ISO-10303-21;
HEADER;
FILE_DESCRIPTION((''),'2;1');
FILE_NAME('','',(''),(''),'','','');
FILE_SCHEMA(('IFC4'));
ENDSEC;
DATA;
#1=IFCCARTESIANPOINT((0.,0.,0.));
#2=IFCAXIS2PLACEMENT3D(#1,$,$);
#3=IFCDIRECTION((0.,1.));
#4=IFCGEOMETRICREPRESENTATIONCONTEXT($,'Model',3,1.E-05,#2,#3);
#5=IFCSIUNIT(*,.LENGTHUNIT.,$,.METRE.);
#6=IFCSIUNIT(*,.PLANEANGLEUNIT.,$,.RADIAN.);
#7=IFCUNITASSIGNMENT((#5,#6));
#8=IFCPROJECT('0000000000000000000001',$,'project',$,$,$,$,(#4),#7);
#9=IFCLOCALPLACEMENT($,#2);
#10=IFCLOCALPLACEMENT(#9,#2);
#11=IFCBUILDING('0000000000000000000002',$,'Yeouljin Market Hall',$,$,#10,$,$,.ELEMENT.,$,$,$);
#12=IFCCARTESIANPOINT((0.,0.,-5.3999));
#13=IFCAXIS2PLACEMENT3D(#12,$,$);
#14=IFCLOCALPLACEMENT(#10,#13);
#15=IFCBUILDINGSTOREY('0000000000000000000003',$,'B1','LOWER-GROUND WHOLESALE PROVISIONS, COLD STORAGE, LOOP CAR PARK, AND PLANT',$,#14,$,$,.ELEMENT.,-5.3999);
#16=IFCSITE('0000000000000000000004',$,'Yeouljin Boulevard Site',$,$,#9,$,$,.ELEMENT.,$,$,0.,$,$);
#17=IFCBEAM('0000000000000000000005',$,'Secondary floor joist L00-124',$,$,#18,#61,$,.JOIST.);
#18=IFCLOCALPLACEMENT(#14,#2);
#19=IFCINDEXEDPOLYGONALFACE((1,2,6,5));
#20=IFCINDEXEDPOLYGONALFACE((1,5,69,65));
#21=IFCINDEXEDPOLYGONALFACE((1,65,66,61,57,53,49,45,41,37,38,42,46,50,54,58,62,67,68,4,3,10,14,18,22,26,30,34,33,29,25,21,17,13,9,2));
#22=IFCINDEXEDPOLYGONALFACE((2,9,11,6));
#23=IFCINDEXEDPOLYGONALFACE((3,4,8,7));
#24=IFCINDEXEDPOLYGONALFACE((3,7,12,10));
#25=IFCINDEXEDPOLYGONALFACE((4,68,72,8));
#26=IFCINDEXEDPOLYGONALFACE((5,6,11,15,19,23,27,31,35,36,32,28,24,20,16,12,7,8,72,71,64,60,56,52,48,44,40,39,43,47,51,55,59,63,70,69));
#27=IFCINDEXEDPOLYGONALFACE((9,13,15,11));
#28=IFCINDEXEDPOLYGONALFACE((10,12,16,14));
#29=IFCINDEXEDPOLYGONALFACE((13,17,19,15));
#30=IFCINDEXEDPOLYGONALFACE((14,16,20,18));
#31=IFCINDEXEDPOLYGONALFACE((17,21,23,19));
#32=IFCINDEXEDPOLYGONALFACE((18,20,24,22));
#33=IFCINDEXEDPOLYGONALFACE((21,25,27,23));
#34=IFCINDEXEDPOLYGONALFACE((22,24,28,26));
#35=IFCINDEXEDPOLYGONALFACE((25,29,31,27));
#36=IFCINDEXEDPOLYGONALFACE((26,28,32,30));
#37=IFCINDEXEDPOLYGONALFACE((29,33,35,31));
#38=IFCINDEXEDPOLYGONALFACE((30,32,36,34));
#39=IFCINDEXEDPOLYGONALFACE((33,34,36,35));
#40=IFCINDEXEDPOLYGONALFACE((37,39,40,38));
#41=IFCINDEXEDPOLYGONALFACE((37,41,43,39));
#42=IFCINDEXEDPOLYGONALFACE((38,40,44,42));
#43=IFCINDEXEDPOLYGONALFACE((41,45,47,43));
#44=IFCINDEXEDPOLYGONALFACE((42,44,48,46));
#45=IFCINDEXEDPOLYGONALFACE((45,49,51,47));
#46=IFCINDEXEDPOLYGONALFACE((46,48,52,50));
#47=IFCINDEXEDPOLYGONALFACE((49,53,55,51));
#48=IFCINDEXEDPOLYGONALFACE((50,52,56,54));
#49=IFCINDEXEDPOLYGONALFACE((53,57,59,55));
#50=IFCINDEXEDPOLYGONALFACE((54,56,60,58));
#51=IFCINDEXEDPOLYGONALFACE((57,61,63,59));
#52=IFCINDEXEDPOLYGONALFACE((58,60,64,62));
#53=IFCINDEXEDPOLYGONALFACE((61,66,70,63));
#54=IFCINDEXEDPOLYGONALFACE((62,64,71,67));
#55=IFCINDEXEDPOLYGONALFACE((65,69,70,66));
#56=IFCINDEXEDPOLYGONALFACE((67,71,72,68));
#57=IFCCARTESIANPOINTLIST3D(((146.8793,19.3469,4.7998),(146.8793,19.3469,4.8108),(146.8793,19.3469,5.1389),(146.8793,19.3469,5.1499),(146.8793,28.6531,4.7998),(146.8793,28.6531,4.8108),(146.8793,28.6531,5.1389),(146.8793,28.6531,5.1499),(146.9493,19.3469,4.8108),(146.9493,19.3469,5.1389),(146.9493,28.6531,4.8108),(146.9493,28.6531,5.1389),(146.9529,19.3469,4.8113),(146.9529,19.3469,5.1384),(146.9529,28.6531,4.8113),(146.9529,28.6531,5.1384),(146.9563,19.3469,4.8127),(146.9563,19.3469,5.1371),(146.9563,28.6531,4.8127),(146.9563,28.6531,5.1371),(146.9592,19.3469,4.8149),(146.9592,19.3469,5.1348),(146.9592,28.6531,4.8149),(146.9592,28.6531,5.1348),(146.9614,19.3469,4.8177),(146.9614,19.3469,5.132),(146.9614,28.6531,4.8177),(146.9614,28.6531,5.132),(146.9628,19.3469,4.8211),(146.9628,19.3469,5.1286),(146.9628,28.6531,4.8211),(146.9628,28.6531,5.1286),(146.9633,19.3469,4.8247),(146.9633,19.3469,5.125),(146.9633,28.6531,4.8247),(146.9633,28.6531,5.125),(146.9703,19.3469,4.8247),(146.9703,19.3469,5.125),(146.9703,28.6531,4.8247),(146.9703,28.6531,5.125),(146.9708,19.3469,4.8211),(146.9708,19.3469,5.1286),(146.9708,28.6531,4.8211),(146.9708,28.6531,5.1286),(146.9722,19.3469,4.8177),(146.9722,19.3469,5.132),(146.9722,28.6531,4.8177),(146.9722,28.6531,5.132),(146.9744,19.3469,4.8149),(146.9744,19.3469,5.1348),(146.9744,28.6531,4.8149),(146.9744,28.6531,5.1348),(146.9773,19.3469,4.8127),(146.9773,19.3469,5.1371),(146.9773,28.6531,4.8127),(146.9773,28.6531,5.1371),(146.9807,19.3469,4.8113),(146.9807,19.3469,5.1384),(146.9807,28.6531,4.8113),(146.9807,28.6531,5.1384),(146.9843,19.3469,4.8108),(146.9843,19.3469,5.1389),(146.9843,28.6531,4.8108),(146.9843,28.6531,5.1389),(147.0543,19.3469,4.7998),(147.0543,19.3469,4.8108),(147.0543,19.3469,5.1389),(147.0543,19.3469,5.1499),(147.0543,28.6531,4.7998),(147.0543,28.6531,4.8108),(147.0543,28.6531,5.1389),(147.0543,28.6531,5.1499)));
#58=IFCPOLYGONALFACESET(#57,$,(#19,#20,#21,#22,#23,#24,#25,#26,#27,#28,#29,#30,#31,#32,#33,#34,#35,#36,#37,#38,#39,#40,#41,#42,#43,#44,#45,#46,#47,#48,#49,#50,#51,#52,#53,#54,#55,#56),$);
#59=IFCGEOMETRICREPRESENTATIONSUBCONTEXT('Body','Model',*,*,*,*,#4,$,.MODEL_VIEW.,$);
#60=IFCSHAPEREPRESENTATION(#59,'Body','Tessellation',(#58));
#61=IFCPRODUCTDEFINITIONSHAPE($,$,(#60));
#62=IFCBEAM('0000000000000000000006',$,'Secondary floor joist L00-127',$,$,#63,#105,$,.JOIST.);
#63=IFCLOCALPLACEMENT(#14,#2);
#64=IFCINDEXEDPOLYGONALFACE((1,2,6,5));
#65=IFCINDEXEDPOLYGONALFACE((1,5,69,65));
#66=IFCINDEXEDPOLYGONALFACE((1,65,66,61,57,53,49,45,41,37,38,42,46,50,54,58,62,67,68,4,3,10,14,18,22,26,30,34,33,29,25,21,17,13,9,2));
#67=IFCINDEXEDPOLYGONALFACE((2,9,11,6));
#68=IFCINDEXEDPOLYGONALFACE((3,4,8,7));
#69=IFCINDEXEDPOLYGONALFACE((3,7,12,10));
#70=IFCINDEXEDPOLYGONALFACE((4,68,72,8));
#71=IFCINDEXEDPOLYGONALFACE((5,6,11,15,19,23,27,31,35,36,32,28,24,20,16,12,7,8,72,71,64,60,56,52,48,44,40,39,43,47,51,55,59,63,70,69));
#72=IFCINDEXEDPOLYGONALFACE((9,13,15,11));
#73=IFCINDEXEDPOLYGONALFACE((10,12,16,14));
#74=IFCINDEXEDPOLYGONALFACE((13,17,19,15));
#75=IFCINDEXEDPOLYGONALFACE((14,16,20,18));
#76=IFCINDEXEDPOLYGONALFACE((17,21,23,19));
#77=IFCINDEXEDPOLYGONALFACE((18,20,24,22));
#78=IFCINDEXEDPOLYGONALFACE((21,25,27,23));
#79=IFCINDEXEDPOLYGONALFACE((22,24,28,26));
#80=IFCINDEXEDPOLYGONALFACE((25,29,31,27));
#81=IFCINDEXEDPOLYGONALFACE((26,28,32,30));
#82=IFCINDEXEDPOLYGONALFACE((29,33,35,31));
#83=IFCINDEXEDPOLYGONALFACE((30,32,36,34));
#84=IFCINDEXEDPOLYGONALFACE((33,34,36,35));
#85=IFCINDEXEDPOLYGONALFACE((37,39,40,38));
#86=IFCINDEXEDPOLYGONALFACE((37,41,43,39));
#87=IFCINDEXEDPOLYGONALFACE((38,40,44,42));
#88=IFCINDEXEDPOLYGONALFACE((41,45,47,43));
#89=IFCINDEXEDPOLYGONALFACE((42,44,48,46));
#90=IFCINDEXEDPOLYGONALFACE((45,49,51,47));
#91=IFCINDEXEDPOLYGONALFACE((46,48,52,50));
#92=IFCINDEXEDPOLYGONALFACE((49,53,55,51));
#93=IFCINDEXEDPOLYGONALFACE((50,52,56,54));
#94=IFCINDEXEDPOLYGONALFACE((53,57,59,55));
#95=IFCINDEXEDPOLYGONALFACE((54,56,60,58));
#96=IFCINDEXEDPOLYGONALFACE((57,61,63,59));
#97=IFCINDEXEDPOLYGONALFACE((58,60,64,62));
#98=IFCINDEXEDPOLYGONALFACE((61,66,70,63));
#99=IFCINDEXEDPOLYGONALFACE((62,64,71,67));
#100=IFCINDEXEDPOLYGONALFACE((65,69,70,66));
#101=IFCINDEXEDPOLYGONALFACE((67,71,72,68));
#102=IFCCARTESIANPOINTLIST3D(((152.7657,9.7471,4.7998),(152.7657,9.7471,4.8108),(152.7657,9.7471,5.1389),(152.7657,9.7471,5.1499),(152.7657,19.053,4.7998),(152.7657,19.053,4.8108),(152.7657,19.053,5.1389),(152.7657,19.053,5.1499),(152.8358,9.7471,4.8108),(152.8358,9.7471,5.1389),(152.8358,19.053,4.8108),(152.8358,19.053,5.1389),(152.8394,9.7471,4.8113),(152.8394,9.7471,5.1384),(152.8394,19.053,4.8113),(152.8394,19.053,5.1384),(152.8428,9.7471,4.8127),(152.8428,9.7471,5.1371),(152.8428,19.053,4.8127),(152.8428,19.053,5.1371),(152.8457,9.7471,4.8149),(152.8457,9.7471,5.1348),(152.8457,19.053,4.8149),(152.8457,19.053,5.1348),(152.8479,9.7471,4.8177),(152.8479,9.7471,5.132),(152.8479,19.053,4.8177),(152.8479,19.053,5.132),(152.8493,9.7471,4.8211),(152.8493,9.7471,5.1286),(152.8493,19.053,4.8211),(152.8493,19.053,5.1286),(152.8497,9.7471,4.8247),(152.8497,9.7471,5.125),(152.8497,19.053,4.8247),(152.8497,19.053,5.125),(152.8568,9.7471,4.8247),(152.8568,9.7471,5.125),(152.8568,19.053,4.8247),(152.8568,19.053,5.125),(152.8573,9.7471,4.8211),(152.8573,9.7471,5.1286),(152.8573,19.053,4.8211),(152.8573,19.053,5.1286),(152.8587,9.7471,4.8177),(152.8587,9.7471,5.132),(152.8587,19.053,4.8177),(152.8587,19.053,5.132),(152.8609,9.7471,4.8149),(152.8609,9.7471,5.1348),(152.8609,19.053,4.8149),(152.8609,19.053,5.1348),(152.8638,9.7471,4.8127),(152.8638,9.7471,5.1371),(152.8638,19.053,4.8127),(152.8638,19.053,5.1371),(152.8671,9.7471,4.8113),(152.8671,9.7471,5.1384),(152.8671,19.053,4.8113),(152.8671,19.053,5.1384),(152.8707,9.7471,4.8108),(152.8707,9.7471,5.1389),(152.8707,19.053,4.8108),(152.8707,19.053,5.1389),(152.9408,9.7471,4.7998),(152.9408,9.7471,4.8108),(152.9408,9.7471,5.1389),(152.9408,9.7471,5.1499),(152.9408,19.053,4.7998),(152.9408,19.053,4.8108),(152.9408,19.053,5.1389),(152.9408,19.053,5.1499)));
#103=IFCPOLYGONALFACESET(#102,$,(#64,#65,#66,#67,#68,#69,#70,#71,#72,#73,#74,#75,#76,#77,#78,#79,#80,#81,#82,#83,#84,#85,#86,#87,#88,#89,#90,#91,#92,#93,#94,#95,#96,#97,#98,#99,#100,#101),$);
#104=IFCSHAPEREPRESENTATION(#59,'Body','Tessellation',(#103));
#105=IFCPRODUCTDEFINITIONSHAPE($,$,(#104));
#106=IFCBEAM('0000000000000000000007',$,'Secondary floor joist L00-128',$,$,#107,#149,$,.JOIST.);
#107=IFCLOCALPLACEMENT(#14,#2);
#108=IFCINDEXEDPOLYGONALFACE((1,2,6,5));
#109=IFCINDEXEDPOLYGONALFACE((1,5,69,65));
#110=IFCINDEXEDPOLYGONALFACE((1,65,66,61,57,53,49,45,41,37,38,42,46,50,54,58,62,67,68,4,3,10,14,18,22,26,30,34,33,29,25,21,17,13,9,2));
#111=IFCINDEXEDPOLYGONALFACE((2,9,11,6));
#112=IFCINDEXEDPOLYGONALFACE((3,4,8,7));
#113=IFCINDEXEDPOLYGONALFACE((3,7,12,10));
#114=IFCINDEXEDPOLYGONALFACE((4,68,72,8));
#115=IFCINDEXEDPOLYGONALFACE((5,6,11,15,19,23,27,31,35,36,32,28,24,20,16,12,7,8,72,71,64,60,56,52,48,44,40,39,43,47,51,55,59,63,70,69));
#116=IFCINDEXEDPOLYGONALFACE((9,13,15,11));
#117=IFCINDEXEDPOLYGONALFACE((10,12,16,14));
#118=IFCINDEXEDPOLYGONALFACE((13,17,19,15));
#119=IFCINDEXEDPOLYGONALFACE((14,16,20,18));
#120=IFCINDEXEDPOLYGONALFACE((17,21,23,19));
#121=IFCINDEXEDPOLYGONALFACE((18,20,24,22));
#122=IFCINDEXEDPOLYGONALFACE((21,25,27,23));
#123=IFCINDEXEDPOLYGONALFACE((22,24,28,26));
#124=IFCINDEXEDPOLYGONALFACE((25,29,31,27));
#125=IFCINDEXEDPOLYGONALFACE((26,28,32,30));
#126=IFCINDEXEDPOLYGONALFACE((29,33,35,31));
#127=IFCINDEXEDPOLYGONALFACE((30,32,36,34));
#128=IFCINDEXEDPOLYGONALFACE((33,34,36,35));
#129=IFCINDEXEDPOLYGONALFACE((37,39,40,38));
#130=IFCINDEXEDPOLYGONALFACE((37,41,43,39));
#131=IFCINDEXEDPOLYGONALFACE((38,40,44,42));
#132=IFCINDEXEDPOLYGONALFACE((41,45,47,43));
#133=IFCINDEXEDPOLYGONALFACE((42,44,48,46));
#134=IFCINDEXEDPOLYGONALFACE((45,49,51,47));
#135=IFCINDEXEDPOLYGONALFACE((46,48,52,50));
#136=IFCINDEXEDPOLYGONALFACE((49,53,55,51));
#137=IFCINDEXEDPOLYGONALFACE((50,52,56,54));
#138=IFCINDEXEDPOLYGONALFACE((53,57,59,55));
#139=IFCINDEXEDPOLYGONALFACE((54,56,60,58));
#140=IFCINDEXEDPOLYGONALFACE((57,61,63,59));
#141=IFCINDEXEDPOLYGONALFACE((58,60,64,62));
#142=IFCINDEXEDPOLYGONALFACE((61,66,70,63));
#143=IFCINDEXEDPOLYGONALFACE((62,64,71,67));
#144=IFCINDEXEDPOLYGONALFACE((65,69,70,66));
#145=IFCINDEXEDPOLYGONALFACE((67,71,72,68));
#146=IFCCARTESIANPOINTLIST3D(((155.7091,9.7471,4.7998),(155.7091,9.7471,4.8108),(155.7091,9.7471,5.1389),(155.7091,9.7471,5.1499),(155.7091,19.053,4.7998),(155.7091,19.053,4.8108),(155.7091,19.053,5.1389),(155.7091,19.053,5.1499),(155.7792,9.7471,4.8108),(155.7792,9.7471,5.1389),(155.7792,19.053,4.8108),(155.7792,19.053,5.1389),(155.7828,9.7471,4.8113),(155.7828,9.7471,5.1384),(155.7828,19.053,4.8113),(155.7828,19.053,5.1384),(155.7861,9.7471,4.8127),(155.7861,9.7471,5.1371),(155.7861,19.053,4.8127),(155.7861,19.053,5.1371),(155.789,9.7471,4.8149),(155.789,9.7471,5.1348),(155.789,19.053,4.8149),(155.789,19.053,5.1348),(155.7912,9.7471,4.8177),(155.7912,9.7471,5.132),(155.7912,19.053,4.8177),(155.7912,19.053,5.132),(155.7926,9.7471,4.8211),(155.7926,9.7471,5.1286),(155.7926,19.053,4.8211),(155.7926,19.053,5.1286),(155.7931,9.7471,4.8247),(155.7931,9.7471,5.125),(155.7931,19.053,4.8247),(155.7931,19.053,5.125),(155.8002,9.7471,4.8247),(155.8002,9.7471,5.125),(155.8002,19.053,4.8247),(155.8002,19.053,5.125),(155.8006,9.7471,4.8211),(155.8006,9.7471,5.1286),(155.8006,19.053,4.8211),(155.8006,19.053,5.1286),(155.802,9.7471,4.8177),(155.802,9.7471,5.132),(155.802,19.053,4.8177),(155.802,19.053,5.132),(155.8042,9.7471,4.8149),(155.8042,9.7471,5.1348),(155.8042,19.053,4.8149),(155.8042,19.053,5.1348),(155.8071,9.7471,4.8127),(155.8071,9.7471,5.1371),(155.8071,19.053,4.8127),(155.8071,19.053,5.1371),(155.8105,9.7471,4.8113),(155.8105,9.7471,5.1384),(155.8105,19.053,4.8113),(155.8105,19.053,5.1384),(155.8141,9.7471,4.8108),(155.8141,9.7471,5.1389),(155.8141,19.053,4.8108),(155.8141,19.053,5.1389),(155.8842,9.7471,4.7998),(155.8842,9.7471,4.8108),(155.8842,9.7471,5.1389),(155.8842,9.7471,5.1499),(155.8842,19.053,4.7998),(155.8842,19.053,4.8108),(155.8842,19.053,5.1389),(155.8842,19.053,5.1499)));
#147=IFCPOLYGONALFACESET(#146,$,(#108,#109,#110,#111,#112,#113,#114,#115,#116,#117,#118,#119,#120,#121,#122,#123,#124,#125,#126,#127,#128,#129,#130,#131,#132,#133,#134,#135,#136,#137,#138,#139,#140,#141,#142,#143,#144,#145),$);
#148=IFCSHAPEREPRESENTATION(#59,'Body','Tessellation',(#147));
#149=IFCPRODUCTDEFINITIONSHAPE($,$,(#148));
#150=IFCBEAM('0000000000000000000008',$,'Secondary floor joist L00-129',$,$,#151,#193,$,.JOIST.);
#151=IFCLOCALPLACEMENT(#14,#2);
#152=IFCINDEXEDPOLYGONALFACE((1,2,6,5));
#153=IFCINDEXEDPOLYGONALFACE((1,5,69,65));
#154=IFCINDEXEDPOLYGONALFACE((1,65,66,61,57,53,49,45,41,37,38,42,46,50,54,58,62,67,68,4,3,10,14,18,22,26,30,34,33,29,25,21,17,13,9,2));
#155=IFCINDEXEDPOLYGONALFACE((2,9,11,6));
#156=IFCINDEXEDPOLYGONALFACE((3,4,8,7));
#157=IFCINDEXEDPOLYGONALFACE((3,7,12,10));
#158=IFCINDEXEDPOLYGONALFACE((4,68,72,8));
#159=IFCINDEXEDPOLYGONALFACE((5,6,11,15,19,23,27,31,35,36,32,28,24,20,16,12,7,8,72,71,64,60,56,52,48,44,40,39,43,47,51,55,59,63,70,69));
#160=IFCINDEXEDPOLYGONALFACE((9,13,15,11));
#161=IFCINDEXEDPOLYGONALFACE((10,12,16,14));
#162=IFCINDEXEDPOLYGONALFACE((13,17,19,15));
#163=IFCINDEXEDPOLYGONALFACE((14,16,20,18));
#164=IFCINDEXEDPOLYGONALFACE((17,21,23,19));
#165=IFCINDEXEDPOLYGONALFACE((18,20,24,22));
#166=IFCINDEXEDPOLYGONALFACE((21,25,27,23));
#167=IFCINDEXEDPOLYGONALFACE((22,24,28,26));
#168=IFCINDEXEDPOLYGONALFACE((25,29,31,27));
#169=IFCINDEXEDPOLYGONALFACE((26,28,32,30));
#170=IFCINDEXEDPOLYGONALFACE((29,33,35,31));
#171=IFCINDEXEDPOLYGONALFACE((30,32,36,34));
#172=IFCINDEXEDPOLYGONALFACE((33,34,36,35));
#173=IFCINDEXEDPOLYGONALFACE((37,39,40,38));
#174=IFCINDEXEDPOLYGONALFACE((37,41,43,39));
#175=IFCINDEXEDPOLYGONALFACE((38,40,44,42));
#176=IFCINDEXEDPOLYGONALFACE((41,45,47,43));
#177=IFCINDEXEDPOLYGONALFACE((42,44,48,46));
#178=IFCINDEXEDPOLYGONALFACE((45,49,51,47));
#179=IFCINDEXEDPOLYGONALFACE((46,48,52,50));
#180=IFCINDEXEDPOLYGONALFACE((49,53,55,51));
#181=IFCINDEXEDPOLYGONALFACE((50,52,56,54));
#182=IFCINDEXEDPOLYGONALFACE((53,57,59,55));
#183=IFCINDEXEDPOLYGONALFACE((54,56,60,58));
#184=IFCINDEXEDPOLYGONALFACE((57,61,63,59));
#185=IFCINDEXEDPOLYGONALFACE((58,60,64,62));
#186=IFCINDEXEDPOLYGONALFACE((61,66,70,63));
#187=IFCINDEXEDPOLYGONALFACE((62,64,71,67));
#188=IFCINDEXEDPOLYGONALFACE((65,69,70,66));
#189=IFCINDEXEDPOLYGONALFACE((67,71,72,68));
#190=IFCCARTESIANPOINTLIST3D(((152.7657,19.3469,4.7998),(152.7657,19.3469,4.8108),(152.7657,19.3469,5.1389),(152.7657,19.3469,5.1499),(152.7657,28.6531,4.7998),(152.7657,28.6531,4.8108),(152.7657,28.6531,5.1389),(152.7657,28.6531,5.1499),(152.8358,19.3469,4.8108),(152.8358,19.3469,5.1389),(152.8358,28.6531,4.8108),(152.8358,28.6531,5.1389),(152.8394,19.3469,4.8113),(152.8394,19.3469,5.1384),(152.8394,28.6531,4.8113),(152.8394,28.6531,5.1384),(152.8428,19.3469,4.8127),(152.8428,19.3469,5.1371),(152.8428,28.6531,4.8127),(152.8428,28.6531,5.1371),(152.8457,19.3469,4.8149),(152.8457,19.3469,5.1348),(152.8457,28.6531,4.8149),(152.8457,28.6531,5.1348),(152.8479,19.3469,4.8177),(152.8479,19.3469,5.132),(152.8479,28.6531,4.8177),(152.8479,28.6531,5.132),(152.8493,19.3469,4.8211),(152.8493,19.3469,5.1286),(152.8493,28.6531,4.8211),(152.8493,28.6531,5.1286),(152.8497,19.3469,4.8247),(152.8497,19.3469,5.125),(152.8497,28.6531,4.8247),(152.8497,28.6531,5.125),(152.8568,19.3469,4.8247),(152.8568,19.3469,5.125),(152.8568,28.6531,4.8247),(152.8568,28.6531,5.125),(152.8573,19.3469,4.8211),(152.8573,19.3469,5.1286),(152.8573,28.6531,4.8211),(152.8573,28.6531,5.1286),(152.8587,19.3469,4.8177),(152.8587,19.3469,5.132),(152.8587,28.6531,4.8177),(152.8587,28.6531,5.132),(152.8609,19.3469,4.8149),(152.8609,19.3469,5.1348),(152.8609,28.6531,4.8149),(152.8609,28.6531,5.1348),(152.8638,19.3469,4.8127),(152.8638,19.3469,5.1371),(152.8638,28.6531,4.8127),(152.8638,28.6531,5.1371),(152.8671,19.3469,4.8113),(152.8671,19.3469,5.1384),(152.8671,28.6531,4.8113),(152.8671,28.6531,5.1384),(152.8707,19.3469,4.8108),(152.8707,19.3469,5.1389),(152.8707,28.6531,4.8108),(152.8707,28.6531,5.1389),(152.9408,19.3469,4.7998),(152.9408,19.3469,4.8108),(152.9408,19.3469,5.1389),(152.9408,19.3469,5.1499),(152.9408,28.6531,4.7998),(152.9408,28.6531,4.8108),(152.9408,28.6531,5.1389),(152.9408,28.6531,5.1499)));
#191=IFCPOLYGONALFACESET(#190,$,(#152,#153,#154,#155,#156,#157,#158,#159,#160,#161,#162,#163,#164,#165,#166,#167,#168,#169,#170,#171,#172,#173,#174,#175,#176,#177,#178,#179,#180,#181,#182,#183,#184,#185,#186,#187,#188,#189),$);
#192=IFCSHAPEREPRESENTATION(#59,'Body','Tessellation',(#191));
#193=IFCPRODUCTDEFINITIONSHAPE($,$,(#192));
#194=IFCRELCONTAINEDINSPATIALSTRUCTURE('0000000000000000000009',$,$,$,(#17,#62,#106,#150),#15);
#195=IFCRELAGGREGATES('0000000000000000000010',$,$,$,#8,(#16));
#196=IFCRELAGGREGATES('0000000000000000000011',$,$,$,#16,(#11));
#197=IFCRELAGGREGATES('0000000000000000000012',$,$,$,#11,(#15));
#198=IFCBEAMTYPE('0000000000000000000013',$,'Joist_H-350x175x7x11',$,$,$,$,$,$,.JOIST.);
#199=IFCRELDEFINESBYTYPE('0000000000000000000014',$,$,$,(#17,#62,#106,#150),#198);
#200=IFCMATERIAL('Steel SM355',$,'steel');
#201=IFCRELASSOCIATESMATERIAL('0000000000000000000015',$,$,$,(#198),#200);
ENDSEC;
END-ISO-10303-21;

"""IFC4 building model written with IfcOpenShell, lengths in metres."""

from ifc_helpers import new_model, si_unit, direction, frame, origin, origin_2d, place, context, subcontext, project, spatial, i_section, extrude, material, material_profile, profile_set, type_object, element, save


model = new_model("IFC4")

# Units and contexts
model_context = context("Model", 3, precision=1e-05, world=origin(), true_north=direction((0.0, 1.0)))
body_context = subcontext(model_context, "Body", "Model", "MODEL_VIEW")
ifc_project = project(units=[si_unit("LENGTHUNIT", "METRE"), si_unit("PLANEANGLEUNIT", "RADIAN")], contexts=[model_context])

# Site, building, storey
site_placement = place(None, origin())
site = spatial("IfcSite", under=ifc_project, at=site_placement, Name="Yeouljin Boulevard Site", CompositionType="ELEMENT", RefElevation=0.0)
building_placement = place(site_placement, origin())
building = spatial("IfcBuilding", under=site, at=building_placement, Name="Yeouljin Market Hall", CompositionType="ELEMENT")
storey_placement = place(building_placement, frame((0.0, 0.0, -5.3999)))
storey = spatial("IfcBuildingStorey", under=building, at=storey_placement, Name="B1", Description="LOWER-GROUND WHOLESALE PROVISIONS, COLD STORAGE, LOOP CAR PARK, AND PLANT", CompositionType="ELEMENT", Elevation=-5.3999)

# Beams
ifc_material_1 = material(Name="Steel SM355", Category="steel")
ifc_material_profile_1 = material_profile(ifc_material_1, i_section(OverallWidth=0.175, OverallDepth=0.3501, WebThickness=0.0071, FlangeThickness=0.011, FilletRadius=0.0139, at=origin_2d()), Name="H-350x175x7x11")
ifc_profile_set_1 = profile_set([ifc_material_profile_1], Name="Steel SM355")
beam_type_1 = type_object("IfcBeamType", Name="Joist_H-350x175x7x11", PredefinedType="JOIST", material=ifc_profile_set_1)
for number, where, z_axis, x_axis, name in (
    (1, (146.9668, 19.3469, 4.9749), (0.0, 1.0, 0.0), (-1.0, 0.0, 0.0), "Secondary floor joist L00-124"),
):
    element("IfcBeam", number, at=place(storey_placement, frame(where, z_axis=z_axis, x_axis=x_axis)), inside=storey, type_object=beam_type_1, Name=name, PredefinedType="JOIST", context=body_context, shape_type="SweptSolid", body=[
        extrude(i_section(OverallWidth=0.175, OverallDepth=0.3501, WebThickness=0.0071, FlangeThickness=0.011, FilletRadius=0.0139, at=origin_2d()), origin(), (0.0, 0.0, 1.0), 9.3062),
    ])
for number, where, z_axis, x_axis, name in (
    (2, (152.8533, 9.7471, 4.9749), (0.0, 1.0, 0.0), (-1.0, 0.0, 0.0), "Secondary floor joist L00-127"),
    (3, (155.7966, 9.7471, 4.9749), (0.0, 1.0, 0.0), (-1.0, 0.0, 0.0), "Secondary floor joist L00-128"),
):
    element("IfcBeam", number, at=place(storey_placement, frame(where, z_axis=z_axis, x_axis=x_axis)), inside=storey, type_object=beam_type_1, Name=name, PredefinedType="JOIST", context=body_context, shape_type="SweptSolid", body=[
        extrude(i_section(OverallWidth=0.175, OverallDepth=0.3501, WebThickness=0.0071, FlangeThickness=0.011, FilletRadius=0.0139, at=origin_2d()), origin(), (0.0, 0.0, 1.0), 9.3059),
    ])
for number, where, z_axis, x_axis, name in (
    (4, (152.8533, 19.3469, 4.9749), (0.0, 1.0, 0.0), (-1.0, 0.0, 0.0), "Secondary floor joist L00-129"),
):
    element("IfcBeam", number, at=place(storey_placement, frame(where, z_axis=z_axis, x_axis=x_axis)), inside=storey, type_object=beam_type_1, Name=name, PredefinedType="JOIST", context=body_context, shape_type="SweptSolid", body=[
        extrude(i_section(OverallWidth=0.175, OverallDepth=0.3501, WebThickness=0.0071, FlangeThickness=0.011, FilletRadius=0.0139, at=origin_2d()), origin(), (0.0, 0.0, 1.0), 9.3062),
    ])

save(model, "model.ifc")
